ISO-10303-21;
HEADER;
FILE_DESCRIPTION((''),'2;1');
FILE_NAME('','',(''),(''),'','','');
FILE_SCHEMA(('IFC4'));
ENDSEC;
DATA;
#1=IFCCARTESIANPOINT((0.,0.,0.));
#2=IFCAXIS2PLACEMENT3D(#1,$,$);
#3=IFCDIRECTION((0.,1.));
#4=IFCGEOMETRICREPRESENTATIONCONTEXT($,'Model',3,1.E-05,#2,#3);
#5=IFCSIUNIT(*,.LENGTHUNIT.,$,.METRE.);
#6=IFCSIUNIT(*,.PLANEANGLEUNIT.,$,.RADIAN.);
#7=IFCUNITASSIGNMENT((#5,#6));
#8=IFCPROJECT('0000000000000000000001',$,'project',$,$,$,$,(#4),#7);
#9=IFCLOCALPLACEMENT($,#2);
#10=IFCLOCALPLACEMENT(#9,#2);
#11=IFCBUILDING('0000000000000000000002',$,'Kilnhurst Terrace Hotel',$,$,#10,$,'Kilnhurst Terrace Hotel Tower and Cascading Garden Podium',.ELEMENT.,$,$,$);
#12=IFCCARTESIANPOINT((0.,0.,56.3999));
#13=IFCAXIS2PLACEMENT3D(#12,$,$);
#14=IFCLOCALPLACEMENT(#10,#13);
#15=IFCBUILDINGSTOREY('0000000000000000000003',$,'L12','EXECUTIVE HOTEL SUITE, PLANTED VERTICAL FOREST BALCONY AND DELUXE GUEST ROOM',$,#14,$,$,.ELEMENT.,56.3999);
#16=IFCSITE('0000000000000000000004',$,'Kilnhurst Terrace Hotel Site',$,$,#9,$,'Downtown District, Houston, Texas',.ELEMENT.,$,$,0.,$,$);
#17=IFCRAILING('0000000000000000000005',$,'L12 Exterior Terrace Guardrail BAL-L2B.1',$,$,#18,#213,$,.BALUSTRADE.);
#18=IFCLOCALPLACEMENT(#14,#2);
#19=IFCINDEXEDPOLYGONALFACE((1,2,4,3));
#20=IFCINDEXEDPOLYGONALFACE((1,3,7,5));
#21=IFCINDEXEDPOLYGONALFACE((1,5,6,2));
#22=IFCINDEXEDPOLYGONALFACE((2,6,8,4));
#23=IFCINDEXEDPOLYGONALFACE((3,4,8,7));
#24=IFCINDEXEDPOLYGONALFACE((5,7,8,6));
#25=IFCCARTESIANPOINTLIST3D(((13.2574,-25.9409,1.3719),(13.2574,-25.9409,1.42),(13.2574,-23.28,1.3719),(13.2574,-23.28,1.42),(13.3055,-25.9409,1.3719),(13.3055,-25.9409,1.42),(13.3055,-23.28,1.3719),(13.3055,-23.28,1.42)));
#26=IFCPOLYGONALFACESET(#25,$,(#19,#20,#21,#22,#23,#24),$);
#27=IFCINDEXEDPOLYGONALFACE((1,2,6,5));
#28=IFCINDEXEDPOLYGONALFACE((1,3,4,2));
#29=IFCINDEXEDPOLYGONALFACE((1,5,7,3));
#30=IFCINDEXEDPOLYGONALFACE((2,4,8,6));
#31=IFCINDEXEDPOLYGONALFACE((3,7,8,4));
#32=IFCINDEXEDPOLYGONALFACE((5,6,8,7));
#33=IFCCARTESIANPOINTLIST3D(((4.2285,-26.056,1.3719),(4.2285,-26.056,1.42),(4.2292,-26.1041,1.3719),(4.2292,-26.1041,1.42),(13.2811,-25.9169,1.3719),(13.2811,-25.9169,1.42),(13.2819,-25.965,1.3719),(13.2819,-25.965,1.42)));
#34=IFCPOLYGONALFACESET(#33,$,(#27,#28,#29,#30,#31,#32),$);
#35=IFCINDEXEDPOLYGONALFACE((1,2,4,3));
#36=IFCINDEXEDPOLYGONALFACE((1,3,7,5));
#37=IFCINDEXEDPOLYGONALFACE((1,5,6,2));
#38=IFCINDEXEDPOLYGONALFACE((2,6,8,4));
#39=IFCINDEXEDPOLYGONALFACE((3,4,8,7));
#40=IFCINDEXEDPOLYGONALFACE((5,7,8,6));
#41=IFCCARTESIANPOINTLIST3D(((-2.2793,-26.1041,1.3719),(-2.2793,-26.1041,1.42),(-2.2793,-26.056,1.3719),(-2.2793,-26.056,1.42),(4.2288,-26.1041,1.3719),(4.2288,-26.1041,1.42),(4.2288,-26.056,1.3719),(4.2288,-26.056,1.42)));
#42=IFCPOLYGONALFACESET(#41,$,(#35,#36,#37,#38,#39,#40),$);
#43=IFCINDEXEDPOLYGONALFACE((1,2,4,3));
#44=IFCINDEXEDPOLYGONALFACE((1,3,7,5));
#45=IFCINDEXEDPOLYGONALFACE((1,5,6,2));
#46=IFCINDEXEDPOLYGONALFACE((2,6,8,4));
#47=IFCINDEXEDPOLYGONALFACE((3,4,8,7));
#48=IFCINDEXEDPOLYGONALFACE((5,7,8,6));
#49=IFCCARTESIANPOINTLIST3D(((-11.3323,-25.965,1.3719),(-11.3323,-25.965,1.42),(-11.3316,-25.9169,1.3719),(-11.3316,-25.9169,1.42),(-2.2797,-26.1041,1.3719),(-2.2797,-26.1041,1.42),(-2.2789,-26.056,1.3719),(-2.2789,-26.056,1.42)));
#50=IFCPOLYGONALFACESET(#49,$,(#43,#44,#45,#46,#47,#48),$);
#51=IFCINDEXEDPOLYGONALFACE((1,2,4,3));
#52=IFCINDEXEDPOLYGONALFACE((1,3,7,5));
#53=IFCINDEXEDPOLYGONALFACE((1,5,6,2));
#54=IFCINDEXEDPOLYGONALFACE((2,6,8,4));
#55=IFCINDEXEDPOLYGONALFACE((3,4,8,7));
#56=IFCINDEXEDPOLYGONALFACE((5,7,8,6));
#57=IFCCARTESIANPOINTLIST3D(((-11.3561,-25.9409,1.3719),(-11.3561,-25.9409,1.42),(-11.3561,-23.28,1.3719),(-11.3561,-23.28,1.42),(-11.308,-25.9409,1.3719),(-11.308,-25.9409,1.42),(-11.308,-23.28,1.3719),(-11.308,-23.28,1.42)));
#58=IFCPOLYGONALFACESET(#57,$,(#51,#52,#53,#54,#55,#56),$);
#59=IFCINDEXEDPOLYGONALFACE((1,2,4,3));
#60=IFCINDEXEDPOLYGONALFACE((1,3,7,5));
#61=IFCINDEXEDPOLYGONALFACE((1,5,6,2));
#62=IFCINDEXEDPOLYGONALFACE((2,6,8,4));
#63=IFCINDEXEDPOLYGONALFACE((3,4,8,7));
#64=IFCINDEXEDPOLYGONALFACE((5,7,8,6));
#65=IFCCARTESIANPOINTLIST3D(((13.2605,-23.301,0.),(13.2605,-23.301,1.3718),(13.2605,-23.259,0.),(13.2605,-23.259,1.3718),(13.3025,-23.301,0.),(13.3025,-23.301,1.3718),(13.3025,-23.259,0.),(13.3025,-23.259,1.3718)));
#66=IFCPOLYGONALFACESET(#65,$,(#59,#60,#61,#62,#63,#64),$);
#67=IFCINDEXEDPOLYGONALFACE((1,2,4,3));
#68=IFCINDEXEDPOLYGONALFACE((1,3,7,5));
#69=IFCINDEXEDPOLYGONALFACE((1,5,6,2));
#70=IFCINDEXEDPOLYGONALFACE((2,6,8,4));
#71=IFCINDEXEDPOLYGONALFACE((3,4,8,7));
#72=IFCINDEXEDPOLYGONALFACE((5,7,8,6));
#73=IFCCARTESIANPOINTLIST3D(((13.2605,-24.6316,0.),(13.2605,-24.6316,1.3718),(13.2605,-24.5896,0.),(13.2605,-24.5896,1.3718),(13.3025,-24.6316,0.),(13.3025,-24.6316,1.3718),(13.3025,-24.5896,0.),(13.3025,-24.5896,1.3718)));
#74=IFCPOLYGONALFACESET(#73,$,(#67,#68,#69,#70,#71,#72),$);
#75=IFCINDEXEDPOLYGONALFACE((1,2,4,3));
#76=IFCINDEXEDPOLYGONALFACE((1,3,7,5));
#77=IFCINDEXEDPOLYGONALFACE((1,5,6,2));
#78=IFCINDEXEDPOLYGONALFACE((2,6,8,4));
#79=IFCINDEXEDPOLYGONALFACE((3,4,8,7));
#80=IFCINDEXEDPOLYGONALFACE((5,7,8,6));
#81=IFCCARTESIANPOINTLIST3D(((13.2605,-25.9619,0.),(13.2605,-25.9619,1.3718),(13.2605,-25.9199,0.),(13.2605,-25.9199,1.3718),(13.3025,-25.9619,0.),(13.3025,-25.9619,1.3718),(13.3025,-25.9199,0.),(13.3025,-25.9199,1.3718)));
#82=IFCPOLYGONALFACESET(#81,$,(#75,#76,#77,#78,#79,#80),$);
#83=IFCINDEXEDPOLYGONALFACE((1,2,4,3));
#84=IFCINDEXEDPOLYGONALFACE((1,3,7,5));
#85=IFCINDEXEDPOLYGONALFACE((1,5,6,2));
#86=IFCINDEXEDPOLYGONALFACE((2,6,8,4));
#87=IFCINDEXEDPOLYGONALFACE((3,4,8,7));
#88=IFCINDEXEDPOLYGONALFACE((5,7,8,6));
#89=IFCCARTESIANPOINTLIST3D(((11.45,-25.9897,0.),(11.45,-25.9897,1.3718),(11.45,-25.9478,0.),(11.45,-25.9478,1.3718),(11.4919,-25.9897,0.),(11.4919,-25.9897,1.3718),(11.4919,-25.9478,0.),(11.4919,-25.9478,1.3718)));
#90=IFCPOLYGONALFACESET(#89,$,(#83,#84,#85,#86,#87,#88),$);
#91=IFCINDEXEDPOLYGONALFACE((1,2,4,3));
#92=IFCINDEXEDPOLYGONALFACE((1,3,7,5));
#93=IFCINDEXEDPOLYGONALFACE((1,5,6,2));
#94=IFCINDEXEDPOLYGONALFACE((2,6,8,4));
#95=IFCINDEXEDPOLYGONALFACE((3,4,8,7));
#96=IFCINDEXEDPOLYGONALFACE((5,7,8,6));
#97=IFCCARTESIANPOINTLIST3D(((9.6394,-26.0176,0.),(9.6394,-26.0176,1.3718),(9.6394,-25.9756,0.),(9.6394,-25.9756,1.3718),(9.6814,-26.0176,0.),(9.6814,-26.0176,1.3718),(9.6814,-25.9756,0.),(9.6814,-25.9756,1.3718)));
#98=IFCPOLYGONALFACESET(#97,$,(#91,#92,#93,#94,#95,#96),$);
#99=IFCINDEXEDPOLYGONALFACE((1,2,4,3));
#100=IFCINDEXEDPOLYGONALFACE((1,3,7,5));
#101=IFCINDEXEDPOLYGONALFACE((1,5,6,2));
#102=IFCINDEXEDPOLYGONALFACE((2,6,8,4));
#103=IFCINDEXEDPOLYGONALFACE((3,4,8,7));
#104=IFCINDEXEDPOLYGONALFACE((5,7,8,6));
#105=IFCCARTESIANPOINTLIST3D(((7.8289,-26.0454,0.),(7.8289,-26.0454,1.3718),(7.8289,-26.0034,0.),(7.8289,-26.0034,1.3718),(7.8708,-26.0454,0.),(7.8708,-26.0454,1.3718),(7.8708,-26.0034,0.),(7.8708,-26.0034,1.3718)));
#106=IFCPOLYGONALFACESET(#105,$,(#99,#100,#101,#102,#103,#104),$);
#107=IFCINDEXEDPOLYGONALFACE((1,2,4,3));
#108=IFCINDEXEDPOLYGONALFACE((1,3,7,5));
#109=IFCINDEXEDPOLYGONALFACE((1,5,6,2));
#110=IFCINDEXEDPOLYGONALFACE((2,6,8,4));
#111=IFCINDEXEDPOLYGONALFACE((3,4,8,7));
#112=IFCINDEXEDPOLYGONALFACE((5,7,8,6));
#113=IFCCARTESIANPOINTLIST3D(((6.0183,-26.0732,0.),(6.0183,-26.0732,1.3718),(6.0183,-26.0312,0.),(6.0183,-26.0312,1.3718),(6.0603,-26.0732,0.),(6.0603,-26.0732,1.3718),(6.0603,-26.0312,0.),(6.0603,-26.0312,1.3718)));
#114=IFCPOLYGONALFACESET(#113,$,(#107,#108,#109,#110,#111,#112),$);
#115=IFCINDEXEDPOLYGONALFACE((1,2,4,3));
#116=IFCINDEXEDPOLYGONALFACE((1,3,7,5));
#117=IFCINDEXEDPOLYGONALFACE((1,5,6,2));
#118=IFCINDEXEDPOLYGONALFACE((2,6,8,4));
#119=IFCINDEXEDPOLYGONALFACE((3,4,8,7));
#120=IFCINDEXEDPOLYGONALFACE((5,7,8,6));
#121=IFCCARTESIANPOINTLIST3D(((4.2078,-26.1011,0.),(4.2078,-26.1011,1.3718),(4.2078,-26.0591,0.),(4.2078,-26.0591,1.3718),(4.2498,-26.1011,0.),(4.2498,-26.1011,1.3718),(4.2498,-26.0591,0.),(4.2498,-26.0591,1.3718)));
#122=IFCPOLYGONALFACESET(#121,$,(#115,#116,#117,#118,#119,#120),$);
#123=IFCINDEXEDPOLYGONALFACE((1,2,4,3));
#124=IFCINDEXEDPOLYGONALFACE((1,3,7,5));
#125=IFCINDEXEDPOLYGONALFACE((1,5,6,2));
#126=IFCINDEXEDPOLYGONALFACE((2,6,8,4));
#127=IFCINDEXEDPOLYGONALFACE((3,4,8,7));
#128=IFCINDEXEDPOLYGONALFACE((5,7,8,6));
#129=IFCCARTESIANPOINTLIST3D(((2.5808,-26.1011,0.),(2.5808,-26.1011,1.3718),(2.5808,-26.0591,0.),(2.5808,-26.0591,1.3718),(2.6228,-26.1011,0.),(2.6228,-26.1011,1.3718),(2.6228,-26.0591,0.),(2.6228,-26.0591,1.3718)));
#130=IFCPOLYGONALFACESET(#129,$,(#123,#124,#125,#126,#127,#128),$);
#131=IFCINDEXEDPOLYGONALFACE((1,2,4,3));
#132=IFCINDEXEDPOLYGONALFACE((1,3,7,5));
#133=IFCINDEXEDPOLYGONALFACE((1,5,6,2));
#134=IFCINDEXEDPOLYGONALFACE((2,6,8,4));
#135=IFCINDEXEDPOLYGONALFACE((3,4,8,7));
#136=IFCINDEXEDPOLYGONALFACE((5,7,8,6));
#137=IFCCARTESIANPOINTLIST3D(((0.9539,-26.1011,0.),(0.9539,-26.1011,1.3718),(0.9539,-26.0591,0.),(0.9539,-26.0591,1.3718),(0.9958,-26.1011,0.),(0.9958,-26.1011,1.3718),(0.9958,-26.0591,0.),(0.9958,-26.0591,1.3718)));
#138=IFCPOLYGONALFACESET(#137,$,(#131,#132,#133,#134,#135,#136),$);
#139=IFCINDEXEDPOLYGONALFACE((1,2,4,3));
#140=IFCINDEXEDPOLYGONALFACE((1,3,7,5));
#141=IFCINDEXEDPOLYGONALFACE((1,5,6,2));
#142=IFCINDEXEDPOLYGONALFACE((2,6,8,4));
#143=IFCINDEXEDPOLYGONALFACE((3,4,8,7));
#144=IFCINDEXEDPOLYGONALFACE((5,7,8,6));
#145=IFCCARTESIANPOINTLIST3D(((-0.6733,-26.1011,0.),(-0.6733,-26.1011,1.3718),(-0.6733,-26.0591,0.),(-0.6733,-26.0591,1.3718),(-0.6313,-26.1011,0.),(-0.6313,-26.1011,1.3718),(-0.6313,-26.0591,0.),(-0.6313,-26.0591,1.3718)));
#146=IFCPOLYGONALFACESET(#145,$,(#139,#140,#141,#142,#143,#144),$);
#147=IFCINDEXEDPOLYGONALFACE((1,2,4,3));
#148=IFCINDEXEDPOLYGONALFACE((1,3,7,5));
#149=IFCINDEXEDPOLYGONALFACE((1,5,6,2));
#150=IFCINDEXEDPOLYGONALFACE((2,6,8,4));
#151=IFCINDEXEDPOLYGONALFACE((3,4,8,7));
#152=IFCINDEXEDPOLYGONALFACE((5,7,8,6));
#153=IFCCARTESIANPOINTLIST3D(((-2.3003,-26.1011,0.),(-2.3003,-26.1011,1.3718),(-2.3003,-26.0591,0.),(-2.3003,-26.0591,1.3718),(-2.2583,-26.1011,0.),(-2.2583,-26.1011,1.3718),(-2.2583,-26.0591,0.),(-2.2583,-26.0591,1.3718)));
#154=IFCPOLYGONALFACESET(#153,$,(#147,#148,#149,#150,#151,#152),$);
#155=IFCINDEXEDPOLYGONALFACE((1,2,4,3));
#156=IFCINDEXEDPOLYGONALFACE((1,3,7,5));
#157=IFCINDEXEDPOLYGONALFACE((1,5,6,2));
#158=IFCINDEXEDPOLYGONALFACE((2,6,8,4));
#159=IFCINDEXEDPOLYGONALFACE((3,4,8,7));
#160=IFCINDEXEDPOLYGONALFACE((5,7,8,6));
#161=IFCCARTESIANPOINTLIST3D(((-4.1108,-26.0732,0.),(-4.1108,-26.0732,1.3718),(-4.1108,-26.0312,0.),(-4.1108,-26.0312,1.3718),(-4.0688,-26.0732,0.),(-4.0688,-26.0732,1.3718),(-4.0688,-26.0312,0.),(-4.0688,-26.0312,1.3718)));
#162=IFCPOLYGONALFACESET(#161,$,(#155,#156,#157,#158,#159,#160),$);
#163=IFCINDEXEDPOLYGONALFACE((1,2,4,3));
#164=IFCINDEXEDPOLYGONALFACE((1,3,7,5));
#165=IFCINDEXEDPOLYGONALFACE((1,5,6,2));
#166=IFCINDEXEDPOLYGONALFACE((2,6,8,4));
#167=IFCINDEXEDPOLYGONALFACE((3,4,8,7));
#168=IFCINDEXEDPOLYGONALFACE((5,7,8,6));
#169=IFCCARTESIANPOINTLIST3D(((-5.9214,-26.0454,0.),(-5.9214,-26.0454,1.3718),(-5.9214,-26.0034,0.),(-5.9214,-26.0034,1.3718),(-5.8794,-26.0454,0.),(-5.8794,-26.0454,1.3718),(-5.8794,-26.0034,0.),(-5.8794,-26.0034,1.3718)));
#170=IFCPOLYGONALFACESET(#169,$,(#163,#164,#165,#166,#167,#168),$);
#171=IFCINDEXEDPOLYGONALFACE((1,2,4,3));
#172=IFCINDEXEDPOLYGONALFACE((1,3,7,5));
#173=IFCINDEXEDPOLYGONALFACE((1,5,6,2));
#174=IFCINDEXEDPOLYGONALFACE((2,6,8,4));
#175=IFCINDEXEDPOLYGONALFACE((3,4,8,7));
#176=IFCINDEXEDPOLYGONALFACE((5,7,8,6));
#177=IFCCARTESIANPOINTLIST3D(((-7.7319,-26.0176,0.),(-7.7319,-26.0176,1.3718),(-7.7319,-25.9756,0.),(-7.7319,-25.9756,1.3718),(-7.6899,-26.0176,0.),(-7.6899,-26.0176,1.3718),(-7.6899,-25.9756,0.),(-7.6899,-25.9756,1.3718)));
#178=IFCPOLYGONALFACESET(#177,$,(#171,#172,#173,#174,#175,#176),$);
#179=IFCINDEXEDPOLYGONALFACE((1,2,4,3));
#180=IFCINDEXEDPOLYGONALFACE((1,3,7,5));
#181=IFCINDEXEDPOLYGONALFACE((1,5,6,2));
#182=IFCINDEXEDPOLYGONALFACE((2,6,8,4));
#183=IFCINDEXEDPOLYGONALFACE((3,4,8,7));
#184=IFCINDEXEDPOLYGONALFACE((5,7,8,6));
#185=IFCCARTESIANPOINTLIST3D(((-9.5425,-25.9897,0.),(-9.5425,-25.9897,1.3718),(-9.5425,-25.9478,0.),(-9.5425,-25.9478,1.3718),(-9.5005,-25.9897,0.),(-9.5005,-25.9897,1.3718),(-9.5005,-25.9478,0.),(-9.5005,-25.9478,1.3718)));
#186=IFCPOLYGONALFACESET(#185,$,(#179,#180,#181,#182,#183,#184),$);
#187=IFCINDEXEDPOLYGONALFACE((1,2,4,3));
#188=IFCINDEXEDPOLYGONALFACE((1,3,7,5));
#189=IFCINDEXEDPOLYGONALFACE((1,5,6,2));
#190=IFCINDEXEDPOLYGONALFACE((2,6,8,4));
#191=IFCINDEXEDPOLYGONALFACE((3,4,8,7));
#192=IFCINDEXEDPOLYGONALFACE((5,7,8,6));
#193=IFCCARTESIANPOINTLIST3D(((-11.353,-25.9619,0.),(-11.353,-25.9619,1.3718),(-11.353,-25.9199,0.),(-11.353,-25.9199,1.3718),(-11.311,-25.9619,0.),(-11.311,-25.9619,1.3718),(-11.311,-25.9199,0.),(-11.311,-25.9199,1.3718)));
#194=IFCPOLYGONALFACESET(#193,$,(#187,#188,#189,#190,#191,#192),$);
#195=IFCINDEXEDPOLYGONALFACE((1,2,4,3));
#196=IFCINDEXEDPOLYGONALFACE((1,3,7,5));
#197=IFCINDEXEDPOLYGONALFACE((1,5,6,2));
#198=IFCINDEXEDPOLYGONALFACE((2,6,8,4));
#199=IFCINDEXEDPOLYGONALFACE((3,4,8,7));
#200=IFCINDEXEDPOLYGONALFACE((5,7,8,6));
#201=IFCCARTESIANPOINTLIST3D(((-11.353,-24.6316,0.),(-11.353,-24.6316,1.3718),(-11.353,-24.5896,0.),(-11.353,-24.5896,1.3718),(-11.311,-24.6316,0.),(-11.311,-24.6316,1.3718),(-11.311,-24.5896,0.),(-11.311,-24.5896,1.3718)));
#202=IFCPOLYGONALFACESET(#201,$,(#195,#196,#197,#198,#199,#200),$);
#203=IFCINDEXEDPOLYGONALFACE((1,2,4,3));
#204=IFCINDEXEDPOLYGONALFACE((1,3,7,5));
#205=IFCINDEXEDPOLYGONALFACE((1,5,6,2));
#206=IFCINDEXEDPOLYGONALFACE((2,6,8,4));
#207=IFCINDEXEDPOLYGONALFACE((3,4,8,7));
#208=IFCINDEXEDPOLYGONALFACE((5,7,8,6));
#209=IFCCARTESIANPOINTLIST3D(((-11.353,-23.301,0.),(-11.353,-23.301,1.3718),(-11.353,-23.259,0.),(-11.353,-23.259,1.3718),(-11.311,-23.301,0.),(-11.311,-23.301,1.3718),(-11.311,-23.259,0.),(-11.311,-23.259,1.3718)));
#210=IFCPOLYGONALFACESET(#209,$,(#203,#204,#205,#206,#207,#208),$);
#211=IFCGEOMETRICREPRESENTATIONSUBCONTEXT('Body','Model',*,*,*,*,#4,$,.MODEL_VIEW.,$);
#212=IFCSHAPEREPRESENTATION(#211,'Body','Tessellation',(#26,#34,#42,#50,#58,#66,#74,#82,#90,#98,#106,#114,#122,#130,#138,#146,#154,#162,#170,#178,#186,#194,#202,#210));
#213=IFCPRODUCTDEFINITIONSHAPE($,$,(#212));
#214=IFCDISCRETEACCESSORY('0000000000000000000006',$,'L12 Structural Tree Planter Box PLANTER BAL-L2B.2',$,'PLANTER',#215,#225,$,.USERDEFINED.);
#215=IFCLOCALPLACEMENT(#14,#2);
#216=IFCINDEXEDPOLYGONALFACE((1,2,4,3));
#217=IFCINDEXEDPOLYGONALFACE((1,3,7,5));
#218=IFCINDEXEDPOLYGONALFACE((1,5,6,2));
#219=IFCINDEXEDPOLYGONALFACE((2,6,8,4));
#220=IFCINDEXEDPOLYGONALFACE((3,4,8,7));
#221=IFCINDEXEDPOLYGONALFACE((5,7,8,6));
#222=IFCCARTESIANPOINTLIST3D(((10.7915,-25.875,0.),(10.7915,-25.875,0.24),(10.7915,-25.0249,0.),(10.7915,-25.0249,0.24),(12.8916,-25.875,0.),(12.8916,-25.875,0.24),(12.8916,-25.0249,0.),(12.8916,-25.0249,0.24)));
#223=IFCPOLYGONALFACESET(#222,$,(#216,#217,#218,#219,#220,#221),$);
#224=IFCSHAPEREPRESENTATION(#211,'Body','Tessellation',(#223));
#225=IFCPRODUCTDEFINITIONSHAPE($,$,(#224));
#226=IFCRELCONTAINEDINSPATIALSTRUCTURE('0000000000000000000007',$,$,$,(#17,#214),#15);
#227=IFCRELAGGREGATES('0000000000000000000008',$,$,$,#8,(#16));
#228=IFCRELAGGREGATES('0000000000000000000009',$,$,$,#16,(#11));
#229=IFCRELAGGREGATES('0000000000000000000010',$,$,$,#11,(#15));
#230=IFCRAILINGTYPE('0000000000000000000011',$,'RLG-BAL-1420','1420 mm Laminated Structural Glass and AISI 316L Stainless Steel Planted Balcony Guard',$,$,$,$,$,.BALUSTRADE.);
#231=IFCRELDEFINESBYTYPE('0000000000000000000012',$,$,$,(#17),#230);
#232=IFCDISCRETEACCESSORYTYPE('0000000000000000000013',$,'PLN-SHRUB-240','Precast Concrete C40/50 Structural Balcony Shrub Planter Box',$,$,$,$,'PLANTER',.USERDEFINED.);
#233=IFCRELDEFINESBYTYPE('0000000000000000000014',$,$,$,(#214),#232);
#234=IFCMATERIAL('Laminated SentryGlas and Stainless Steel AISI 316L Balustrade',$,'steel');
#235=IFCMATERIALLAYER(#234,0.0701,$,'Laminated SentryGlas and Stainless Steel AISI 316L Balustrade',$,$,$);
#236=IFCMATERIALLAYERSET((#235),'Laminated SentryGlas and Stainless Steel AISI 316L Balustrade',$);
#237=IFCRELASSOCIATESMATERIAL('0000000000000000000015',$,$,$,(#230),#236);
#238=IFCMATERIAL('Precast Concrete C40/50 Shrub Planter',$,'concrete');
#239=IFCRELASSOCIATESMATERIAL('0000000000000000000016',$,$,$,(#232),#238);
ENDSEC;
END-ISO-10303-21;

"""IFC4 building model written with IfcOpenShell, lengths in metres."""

from ifc_helpers import new_model, si_unit, direction, frame, origin, origin_2d, place, context, subcontext, project, spatial, rectangle, extrude, material, layer, layer_set, type_object, element, save


model = new_model("IFC4")

# Units and contexts
model_context = context("Model", 3, precision=1e-05, world=origin(), true_north=direction((0.0, 1.0)))
body_context = subcontext(model_context, "Body", "Model", "MODEL_VIEW")
ifc_project = project(units=[si_unit("LENGTHUNIT", "METRE"), si_unit("PLANEANGLEUNIT", "RADIAN")], contexts=[model_context])

# Site, building, storey
site_placement = place(None, origin())
site = spatial("IfcSite", under=ifc_project, at=site_placement, Name="Kilnhurst Terrace Hotel Site", LongName="Downtown District, Houston, Texas", CompositionType="ELEMENT", RefElevation=0.0)
building_placement = place(site_placement, origin())
building = spatial("IfcBuilding", under=site, at=building_placement, Name="Kilnhurst Terrace Hotel", LongName="Kilnhurst Terrace Hotel Tower and Cascading Garden Podium", CompositionType="ELEMENT")
storey_placement = place(building_placement, frame((0.0, 0.0, 56.3999)))
storey = spatial("IfcBuildingStorey", under=building, at=storey_placement, Name="L12", Description="EXECUTIVE HOTEL SUITE, PLANTED VERTICAL FOREST BALCONY AND DELUXE GUEST ROOM", CompositionType="ELEMENT", Elevation=56.3999)

# Railing
ifc_material_1 = material(Name="Laminated SentryGlas and Stainless Steel AISI 316L Balustrade", Category="steel")
ifc_layer_1 = layer(ifc_material_1, 0.0701, Name="Laminated SentryGlas and Stainless Steel AISI 316L Balustrade")
ifc_layer_set_1 = layer_set([ifc_layer_1], Name="Laminated SentryGlas and Stainless Steel AISI 316L Balustrade")
railing_type = type_object("IfcRailingType", Name="RLG-BAL-1420", Description="1420 mm Laminated Structural Glass and AISI 316L Stainless Steel Planted Balcony Guard", PredefinedType="BALUSTRADE", material=ifc_layer_set_1)
railing_placement = place(storey_placement, frame((13.2815, -23.28, 0.0)))
element("IfcRailing", 1, at=railing_placement, inside=storey, type_object=railing_type, Name="L12 Exterior Terrace Guardrail BAL-L2B.1", PredefinedType="BALUSTRADE", context=body_context, shape_type="SweptSolid", body=[
    extrude(rectangle(XDim=0.0481, YDim=0.0481, at=origin_2d()), frame((0.0, 0.0, 1.396), z_axis=(0.0, -1.0, 0.0), x_axis=(1.0, 0.0, 0.0)), (0.0, 0.0, 1.0), 2.6609),
    extrude(rectangle(XDim=0.0481, YDim=0.0481, at=origin_2d()), frame((0.0, -2.6609, 1.396), z_axis=(-0.999882, -0.01537, 0.0), x_axis=(0.01537, -0.999882, 0.0)), (0.0, 0.0, 1.0), 9.0537),
    extrude(rectangle(XDim=0.0481, YDim=0.0481, at=origin_2d()), frame((-9.0527, -2.8, 1.396), z_axis=(-1.0, 0.0, 0.0), x_axis=(0.0, -1.0, 0.0)), (0.0, 0.0, 1.0), 6.5081),
    extrude(rectangle(XDim=0.0481, YDim=0.0481, at=origin_2d()), frame((-15.5608, -2.8, 1.396), z_axis=(-0.999882, 0.01537, 0.0), x_axis=(-0.01537, -0.999882, 0.0)), (0.0, 0.0, 1.0), 9.0537),
    extrude(rectangle(XDim=0.0481, YDim=0.0481, at=origin_2d()), frame((-24.6135, -2.6609, 1.396), z_axis=(0.0, 1.0, 0.0), x_axis=(-1.0, 0.0, 0.0)), (0.0, 0.0, 1.0), 2.6609),
    extrude(rectangle(XDim=0.042, YDim=0.042, at=origin_2d()), origin(), (0.0, 0.0, 1.0), 1.3718),
    extrude(rectangle(XDim=0.042, YDim=0.042, at=origin_2d()), frame((0.0, -1.3306, 0.0)), (0.0, 0.0, 1.0), 1.3718),
    extrude(rectangle(XDim=0.042, YDim=0.042, at=origin_2d()), frame((0.0, -2.6609, 0.0)), (0.0, 0.0, 1.0), 1.3718),
    extrude(rectangle(XDim=0.042, YDim=0.042, at=origin_2d()), frame((-1.8105, -2.6887, 0.0)), (0.0, 0.0, 1.0), 1.3718),
    extrude(rectangle(XDim=0.042, YDim=0.042, at=origin_2d()), frame((-3.6211, -2.7166, 0.0)), (0.0, 0.0, 1.0), 1.3718),
    extrude(rectangle(XDim=0.042, YDim=0.042, at=origin_2d()), frame((-5.4316, -2.7444, 0.0)), (0.0, 0.0, 1.0), 1.3718),
    extrude(rectangle(XDim=0.042, YDim=0.042, at=origin_2d()), frame((-7.2422, -2.7722, 0.0)), (0.0, 0.0, 1.0), 1.3718),
    extrude(rectangle(XDim=0.042, YDim=0.042, at=origin_2d()), frame((-9.0527, -2.8, 0.0)), (0.0, 0.0, 1.0), 1.3718),
    extrude(rectangle(XDim=0.042, YDim=0.042, at=origin_2d()), frame((-10.6797, -2.8, 0.0)), (0.0, 0.0, 1.0), 1.3718),
    extrude(rectangle(XDim=0.042, YDim=0.042, at=origin_2d()), frame((-12.3066, -2.8, 0.0)), (0.0, 0.0, 1.0), 1.3718),
    extrude(rectangle(XDim=0.042, YDim=0.042, at=origin_2d()), frame((-13.9338, -2.8, 0.0)), (0.0, 0.0, 1.0), 1.3718),
    extrude(rectangle(XDim=0.042, YDim=0.042, at=origin_2d()), frame((-15.5608, -2.8, 0.0)), (0.0, 0.0, 1.0), 1.3718),
    extrude(rectangle(XDim=0.042, YDim=0.042, at=origin_2d()), frame((-17.3713, -2.7722, 0.0)), (0.0, 0.0, 1.0), 1.3718),
    extrude(rectangle(XDim=0.042, YDim=0.042, at=origin_2d()), frame((-19.1819, -2.7444, 0.0)), (0.0, 0.0, 1.0), 1.3718),
    extrude(rectangle(XDim=0.042, YDim=0.042, at=origin_2d()), frame((-20.9924, -2.7166, 0.0)), (0.0, 0.0, 1.0), 1.3718),
    extrude(rectangle(XDim=0.042, YDim=0.042, at=origin_2d()), frame((-22.803, -2.6887, 0.0)), (0.0, 0.0, 1.0), 1.3718),
    extrude(rectangle(XDim=0.042, YDim=0.042, at=origin_2d()), frame((-24.6135, -2.6609, 0.0)), (0.0, 0.0, 1.0), 1.3718),
    extrude(rectangle(XDim=0.042, YDim=0.042, at=origin_2d()), frame((-24.6135, -1.3306, 0.0)), (0.0, 0.0, 1.0), 1.3718),
    extrude(rectangle(XDim=0.042, YDim=0.042, at=origin_2d()), frame((-24.6135, 0.0, 0.0)), (0.0, 0.0, 1.0), 1.3718),
])

# Discrete accessory
ifc_material_2 = material(Name="Precast Concrete C40/50 Shrub Planter", Category="concrete")
discrete_accessory_type = type_object("IfcDiscreteAccessoryType", Name="PLN-SHRUB-240", Description="Precast Concrete C40/50 Structural Balcony Shrub Planter Box", ElementType="PLANTER", PredefinedType="USERDEFINED", material=ifc_material_2)
discrete_accessory_placement = place(storey_placement, frame((11.8416, -25.45, 0.0), z_axis=(0.0, 0.0, 1.0), x_axis=(1.0, 0.0, 0.0)))
element("IfcDiscreteAccessory", 2, at=discrete_accessory_placement, inside=storey, type_object=discrete_accessory_type, Name="L12 Structural Tree Planter Box PLANTER BAL-L2B.2", ObjectType="PLANTER", PredefinedType="USERDEFINED", context=body_context, shape_type="SweptSolid", body=[
    extrude(rectangle(XDim=2.1001, YDim=0.8501, at=origin_2d()), origin(), (0.0, 0.0, 1.0), 0.24),
])

save(model, "model.ifc")
